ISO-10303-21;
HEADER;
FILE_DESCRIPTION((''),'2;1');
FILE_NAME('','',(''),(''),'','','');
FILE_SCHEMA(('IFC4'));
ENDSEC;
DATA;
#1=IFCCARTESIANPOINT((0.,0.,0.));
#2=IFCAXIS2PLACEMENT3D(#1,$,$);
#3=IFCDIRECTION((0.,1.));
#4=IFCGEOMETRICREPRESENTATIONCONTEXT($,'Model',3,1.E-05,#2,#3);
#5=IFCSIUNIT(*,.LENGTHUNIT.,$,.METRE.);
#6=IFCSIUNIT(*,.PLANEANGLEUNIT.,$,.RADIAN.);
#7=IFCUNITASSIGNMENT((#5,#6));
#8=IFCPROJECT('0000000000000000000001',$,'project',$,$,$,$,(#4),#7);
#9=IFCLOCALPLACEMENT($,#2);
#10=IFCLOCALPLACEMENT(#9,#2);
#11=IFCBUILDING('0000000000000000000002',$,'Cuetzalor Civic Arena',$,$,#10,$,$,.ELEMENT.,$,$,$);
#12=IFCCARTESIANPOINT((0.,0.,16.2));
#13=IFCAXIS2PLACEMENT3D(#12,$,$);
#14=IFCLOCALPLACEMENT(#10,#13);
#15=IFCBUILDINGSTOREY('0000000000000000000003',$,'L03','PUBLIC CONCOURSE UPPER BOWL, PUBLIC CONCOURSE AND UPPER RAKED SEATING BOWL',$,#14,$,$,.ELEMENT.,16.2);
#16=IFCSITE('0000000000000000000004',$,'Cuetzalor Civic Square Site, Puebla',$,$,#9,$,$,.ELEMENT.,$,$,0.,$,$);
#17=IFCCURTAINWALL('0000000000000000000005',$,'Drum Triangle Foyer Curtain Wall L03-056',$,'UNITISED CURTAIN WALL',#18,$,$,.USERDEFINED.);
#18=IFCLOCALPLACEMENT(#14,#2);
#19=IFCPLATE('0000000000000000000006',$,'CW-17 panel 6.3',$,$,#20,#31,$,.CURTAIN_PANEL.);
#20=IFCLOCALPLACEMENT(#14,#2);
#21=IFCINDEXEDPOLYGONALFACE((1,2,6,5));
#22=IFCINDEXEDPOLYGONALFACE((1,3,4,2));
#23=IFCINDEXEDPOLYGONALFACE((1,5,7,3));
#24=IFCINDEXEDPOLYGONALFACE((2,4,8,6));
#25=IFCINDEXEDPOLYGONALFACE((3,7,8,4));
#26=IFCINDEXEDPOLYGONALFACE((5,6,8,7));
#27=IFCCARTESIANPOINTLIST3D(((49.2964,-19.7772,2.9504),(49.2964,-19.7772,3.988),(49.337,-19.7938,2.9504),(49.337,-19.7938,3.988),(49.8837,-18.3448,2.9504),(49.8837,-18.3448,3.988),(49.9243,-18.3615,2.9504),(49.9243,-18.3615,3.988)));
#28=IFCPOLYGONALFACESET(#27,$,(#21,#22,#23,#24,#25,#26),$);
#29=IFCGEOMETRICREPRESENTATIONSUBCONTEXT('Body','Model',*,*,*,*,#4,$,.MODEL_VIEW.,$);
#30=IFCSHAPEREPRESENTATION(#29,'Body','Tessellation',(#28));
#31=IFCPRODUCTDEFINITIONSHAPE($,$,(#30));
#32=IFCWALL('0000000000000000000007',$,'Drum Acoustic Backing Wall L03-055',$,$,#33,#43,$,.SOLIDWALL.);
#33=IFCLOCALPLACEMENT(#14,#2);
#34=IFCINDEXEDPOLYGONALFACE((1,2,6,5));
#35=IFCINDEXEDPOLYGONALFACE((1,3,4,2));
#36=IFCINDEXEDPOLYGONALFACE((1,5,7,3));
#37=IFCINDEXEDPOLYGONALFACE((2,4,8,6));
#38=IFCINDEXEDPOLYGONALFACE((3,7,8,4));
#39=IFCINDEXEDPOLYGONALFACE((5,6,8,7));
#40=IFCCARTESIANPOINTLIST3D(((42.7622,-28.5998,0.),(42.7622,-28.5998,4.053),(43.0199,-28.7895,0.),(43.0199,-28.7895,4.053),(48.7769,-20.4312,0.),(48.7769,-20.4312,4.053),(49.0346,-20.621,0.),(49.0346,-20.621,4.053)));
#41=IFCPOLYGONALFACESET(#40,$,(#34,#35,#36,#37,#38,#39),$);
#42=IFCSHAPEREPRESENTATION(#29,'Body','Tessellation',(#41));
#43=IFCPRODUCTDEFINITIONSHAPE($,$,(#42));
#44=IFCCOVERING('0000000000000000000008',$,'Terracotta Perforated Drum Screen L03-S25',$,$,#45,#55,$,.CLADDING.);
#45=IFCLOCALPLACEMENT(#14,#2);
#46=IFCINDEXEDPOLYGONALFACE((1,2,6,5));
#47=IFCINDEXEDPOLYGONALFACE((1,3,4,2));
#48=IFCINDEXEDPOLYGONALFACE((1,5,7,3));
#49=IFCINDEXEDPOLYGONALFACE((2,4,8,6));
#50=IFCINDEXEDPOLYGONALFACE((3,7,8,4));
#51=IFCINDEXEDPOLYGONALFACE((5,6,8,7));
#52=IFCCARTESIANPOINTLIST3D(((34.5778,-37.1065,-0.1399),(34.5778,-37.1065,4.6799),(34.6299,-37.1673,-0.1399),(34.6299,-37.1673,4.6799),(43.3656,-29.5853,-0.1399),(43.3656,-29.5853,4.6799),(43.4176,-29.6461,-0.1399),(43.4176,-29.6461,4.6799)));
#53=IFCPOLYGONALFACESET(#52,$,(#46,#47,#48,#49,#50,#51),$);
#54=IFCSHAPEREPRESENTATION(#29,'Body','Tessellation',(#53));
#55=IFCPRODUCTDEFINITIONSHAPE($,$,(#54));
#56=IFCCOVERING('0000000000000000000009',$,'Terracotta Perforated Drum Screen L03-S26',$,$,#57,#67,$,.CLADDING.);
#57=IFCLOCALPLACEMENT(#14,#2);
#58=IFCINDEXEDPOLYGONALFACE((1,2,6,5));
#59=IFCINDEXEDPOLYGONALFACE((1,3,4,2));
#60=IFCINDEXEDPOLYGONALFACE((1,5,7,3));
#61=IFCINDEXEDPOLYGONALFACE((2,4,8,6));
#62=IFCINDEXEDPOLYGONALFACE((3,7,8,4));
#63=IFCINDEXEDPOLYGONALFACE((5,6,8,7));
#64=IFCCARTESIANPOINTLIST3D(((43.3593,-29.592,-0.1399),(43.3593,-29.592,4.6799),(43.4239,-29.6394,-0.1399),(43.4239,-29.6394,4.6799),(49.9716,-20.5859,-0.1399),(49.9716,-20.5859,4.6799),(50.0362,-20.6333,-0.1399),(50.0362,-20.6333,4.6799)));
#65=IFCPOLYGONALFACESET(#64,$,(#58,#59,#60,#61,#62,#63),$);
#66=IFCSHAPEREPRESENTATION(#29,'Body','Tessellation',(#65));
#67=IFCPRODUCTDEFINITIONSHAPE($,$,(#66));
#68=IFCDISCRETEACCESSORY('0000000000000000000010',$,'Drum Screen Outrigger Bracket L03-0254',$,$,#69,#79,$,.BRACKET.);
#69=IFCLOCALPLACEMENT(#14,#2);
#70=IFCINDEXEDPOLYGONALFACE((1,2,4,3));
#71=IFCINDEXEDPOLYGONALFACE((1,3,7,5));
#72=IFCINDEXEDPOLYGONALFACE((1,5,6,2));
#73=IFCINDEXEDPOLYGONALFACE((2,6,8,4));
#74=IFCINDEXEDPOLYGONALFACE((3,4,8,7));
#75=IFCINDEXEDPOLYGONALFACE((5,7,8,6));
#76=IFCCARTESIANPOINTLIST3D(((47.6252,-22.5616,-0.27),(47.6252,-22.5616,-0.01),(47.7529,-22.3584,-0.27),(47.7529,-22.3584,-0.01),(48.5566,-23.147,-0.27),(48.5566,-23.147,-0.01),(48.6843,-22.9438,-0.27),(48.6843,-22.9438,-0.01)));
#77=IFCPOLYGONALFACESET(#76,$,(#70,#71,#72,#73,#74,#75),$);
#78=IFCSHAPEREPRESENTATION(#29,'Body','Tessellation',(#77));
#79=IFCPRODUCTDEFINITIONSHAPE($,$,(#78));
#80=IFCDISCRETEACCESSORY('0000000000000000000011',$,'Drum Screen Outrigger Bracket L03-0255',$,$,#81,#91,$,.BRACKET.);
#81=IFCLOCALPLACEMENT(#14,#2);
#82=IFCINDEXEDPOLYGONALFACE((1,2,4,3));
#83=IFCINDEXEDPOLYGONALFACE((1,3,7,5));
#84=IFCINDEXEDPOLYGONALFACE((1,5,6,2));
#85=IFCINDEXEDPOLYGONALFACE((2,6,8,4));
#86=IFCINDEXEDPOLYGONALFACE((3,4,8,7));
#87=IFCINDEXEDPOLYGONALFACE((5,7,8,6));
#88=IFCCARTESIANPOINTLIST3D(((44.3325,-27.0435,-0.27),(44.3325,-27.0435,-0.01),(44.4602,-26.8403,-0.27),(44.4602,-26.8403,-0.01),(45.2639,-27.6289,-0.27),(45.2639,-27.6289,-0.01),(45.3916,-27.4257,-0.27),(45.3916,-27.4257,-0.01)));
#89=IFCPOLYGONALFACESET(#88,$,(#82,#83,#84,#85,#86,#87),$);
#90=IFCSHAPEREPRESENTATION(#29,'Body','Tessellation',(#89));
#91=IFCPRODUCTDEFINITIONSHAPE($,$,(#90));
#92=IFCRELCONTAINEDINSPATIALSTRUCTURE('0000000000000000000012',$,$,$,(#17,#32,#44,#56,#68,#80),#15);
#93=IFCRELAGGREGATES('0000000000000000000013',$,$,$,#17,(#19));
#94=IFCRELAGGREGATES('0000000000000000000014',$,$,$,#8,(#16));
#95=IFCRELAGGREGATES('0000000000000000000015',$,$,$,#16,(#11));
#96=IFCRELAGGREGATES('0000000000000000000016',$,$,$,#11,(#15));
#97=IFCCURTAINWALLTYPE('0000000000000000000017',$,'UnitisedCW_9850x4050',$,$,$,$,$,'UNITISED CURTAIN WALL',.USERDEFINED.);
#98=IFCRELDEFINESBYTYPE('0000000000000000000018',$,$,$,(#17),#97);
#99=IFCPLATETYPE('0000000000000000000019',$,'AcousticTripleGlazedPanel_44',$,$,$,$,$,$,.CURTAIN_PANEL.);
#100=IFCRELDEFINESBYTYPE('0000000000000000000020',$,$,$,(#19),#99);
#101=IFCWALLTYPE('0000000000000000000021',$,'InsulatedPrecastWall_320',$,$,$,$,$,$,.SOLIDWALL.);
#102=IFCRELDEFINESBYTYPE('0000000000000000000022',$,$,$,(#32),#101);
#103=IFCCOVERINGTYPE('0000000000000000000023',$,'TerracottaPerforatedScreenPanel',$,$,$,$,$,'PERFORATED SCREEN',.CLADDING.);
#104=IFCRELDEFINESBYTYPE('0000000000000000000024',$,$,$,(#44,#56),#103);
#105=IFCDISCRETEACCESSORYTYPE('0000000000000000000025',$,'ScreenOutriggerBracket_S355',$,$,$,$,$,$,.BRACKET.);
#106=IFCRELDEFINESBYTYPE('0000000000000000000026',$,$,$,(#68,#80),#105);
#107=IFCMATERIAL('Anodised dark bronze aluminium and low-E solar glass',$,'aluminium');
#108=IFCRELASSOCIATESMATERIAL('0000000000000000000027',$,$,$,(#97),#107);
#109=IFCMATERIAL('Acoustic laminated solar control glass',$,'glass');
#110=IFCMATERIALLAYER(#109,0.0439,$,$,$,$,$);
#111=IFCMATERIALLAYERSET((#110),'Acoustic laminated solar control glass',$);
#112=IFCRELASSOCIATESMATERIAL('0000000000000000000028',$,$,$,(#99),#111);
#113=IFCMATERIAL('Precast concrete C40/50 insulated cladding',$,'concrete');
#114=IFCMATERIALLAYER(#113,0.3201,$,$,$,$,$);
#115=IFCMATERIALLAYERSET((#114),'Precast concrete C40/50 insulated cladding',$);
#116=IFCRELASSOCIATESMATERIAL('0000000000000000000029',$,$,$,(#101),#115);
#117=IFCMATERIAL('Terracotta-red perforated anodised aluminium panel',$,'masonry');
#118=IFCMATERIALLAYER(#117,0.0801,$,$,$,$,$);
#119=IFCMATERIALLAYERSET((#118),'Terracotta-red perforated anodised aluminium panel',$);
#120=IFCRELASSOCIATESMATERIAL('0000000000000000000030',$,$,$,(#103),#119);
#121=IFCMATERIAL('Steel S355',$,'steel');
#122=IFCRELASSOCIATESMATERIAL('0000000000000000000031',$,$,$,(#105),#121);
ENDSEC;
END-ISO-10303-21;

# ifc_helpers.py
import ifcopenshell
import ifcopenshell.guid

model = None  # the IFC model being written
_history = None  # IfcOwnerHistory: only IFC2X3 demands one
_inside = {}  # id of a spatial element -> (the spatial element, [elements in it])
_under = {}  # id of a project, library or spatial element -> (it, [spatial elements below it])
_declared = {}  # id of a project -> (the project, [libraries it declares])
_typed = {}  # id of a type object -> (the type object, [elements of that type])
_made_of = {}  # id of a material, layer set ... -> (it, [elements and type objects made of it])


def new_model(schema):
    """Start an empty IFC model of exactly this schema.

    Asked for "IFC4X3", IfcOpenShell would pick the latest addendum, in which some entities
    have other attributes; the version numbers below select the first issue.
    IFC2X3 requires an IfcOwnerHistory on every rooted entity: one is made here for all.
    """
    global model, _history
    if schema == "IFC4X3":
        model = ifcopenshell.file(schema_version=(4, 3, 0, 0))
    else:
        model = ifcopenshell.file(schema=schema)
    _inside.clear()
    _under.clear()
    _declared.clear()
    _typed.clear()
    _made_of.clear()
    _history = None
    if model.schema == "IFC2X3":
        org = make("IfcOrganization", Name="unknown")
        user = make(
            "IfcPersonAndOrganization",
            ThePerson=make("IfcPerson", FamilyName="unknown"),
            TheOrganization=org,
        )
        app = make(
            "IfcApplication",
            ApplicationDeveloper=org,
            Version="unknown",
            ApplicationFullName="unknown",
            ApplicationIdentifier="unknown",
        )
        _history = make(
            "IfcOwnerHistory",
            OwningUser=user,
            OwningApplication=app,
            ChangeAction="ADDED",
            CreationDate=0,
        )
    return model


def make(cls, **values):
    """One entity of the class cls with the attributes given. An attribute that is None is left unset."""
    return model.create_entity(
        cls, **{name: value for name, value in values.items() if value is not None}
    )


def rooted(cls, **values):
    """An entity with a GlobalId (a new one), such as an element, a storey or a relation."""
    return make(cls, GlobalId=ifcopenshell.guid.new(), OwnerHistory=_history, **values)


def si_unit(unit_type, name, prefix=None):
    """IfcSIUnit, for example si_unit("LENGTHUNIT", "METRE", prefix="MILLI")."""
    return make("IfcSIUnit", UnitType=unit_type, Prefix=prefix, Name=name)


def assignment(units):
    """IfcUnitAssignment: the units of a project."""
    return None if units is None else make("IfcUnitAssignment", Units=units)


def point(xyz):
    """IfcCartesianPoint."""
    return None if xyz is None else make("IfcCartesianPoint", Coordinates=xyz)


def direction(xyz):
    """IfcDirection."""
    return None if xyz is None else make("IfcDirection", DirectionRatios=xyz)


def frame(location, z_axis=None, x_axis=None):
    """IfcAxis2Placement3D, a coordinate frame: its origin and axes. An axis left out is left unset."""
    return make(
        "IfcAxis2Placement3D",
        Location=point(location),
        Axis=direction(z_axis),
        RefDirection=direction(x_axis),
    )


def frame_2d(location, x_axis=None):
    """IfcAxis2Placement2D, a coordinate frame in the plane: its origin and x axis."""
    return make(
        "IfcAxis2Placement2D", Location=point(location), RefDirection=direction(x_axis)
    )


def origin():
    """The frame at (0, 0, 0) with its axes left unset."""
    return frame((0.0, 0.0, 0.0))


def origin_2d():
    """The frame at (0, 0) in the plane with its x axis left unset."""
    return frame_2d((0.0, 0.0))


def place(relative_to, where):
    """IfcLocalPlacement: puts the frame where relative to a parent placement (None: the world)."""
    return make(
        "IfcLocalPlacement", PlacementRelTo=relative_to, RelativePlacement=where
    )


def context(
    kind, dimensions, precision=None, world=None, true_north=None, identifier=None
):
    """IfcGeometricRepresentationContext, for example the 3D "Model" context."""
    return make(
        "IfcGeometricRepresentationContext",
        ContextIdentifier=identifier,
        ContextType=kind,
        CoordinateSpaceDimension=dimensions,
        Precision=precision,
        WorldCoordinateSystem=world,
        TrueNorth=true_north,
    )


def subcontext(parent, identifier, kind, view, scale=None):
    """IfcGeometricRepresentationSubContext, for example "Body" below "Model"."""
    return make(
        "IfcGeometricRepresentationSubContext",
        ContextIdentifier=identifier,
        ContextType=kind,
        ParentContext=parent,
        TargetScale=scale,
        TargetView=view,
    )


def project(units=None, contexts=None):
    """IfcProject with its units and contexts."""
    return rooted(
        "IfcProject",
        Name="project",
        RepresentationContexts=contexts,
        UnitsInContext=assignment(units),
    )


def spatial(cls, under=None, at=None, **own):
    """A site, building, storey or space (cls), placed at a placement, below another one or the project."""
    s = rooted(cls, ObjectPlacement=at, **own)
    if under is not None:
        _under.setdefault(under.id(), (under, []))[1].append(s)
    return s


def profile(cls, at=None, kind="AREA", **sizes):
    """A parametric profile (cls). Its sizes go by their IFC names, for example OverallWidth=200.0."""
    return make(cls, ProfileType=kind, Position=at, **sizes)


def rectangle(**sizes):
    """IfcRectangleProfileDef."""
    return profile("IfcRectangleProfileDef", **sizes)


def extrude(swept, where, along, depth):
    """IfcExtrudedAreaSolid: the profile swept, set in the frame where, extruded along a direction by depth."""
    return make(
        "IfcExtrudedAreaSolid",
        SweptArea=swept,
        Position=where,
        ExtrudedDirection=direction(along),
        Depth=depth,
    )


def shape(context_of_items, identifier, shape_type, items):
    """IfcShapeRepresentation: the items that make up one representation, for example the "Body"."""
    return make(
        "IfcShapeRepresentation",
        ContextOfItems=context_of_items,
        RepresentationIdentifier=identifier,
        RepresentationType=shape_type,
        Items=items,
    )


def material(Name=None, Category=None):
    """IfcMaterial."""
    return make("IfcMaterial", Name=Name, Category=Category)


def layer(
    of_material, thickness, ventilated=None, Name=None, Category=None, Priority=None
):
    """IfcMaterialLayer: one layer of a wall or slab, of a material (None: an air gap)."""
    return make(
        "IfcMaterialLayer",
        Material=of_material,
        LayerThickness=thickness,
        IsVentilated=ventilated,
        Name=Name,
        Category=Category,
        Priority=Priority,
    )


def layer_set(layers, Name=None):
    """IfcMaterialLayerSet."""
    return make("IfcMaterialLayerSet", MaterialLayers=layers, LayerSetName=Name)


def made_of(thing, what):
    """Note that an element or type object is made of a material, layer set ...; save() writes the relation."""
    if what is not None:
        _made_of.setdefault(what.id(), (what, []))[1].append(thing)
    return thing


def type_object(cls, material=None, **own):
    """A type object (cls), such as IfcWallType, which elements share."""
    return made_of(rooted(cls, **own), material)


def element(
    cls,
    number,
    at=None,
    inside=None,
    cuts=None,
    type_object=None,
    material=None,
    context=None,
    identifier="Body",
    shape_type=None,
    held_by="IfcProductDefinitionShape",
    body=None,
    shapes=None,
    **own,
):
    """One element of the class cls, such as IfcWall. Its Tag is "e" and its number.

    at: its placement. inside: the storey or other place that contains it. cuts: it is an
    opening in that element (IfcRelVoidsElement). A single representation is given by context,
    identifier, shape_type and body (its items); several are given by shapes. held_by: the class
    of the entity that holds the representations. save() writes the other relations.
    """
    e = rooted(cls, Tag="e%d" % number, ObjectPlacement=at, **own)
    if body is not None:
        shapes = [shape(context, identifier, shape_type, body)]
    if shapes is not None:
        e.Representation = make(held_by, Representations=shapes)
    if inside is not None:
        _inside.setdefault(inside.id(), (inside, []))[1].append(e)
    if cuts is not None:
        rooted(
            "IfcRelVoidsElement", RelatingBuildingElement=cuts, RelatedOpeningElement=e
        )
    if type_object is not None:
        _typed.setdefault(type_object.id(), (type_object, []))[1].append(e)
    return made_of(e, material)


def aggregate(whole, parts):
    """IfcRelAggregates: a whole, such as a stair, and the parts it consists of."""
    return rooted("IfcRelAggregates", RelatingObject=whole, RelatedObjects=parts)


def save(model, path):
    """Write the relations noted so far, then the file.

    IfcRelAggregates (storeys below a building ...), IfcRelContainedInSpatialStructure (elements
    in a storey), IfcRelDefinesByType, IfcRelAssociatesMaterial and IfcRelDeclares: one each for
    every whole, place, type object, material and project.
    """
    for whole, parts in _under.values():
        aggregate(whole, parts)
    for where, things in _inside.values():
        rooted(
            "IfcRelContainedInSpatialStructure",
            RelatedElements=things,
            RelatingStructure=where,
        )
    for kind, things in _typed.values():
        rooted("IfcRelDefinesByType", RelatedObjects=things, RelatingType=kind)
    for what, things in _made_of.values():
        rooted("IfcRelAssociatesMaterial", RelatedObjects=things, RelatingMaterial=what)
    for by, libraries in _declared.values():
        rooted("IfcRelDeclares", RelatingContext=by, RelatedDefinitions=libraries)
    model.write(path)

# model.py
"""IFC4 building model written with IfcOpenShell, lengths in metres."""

from ifc_helpers import new_model, si_unit, direction, frame, frame_2d, origin, origin_2d, place, context, subcontext, project, spatial, rectangle, extrude, material, layer, layer_set, type_object, element, aggregate, save


model = new_model("IFC4")

# Units and contexts
model_context = context("Model", 3, precision=1e-05, world=origin(), true_north=direction((0.0, 1.0)))
body_context = subcontext(model_context, "Body", "Model", "MODEL_VIEW")
ifc_project = project(units=[si_unit("LENGTHUNIT", "METRE"), si_unit("PLANEANGLEUNIT", "RADIAN")], contexts=[model_context])

# Site, building, storey
site_placement = place(None, origin())
site = spatial("IfcSite", under=ifc_project, at=site_placement, Name="Cuetzalor Civic Square Site, Puebla", CompositionType="ELEMENT", RefElevation=0.0)
building_placement = place(site_placement, origin())
building = spatial("IfcBuilding", under=site, at=building_placement, Name="Cuetzalor Civic Arena", CompositionType="ELEMENT")
storey_placement = place(building_placement, frame((0.0, 0.0, 16.2)))
storey = spatial("IfcBuildingStorey", under=building, at=storey_placement, Name="L03", Description="PUBLIC CONCOURSE UPPER BOWL, PUBLIC CONCOURSE AND UPPER RAKED SEATING BOWL", CompositionType="ELEMENT", Elevation=16.2)

# Curtain wall
ifc_material_1 = material(Name="Anodised dark bronze aluminium and low-E solar glass", Category="aluminium")
curtain_wall_type_1 = type_object("IfcCurtainWallType", Name="UnitisedCW_9850x4050", ElementType="UNITISED CURTAIN WALL", PredefinedType="USERDEFINED", material=ifc_material_1)
curtain_wall_1_placement = place(storey_placement, origin())
curtain_wall_1 = element("IfcCurtainWall", 1, at=curtain_wall_1_placement, inside=storey, type_object=curtain_wall_type_1, Name="Drum Triangle Foyer Curtain Wall L03-056", ObjectType="UNITISED CURTAIN WALL", PredefinedType="USERDEFINED")

# Plate
ifc_material_2 = material(Name="Acoustic laminated solar control glass", Category="glass")
ifc_layer_1 = layer(ifc_material_2, 0.0439)
ifc_layer_set_1 = layer_set([ifc_layer_1], Name="Acoustic laminated solar control glass")
plate_type = type_object("IfcPlateType", Name="AcousticTripleGlazedPanel_44", PredefinedType="CURTAIN_PANEL", material=ifc_layer_set_1)
plate_1_placement = place(storey_placement, frame((49.6104, -19.0693, 2.9504), z_axis=(0.0, 0.0, 1.0), x_axis=(-0.379391, -0.925236, 0.0)))
plate_1 = element("IfcPlate", 2, at=plate_1_placement, type_object=plate_type, Name="CW-17 panel 6.3", PredefinedType="CURTAIN_PANEL", context=body_context, shape_type="SweptSolid", body=[
    extrude(rectangle(XDim=1.5481, YDim=0.0439, at=origin_2d()), origin(), (0.0, 0.0, 1.0), 1.0376),
])
aggregate(curtain_wall_1, [plate_1])

# Wall
ifc_material_3 = material(Name="Precast concrete C40/50 insulated cladding", Category="concrete")
ifc_layer_2 = layer(ifc_material_3, 0.3201)
ifc_layer_set_2 = layer_set([ifc_layer_2], Name="Precast concrete C40/50 insulated cladding")
wall_type = type_object("IfcWallType", Name="InsulatedPrecastWall_320", PredefinedType="SOLIDWALL", material=ifc_layer_set_2)
wall_placement = place(storey_placement, frame((48.9058, -20.5261, 0.0), z_axis=(0.0, 0.0, 1.0), x_axis=(-0.59293, -0.805254, 0.0)))
element("IfcWall", 3, at=wall_placement, inside=storey, type_object=wall_type, Name="Drum Acoustic Backing Wall L03-055", PredefinedType="SOLIDWALL", context=body_context, shape_type="SweptSolid", body=[
    extrude(rectangle(XDim=10.144, YDim=0.3201, at=frame_2d((5.072, 0.0))), origin(), (0.0, 0.0, 1.0), 4.053),
])

# Coverings
ifc_material_4 = material(Name="Terracotta-red perforated anodised aluminium panel", Category="masonry")
ifc_layer_3 = layer(ifc_material_4, 0.0801)
ifc_layer_set_3 = layer_set([ifc_layer_3], Name="Terracotta-red perforated anodised aluminium panel")
covering_type = type_object("IfcCoveringType", Name="TerracottaPerforatedScreenPanel", ElementType="PERFORATED SCREEN", PredefinedType="CLADDING", material=ifc_layer_set_3)
covering_1_placement = place(storey_placement, frame((43.3916, -29.6157, -0.1399), z_axis=(0.0, 0.0, 1.0), x_axis=(-0.759735, -0.650233, 0.0)))
element("IfcCovering", 4, at=covering_1_placement, inside=storey, type_object=covering_type, Name="Terracotta Perforated Drum Screen L03-S25", PredefinedType="CLADDING", context=body_context, shape_type="SweptSolid", body=[
    extrude(rectangle(XDim=11.5669, YDim=0.0801, at=frame_2d((5.7834, 0.0))), origin(), (0.0, 0.0, 1.0), 4.8198),
])
covering_2_placement = place(storey_placement, frame((50.0039, -20.6096, -0.1399), z_axis=(0.0, 0.0, 1.0), x_axis=(-0.591819, -0.806071, 0.0)))
element("IfcCovering", 5, at=covering_2_placement, inside=storey, type_object=covering_type, Name="Terracotta Perforated Drum Screen L03-S26", PredefinedType="CLADDING", context=body_context, shape_type="SweptSolid", body=[
    extrude(rectangle(XDim=11.1729, YDim=0.0801, at=frame_2d((5.5864, 0.0))), origin(), (0.0, 0.0, 1.0), 4.8198),
])

# Discrete accessories
ifc_material_5 = material(Name="Steel S355", Category="steel")
discrete_accessory_type = type_object("IfcDiscreteAccessoryType", Name="ScreenOutriggerBracket_S355", PredefinedType="BRACKET", material=ifc_material_5)
for number, where, z_axis, x_axis, name in (
    (6, (48.1548, -22.7527, -0.27), (0.0, 0.0, 1.0), (0.846658, -0.532138, 0.0), "Drum Screen Outrigger Bracket L03-0254"),
    (7, (44.8621, -27.2346, -0.27), (0.0, 0.0, 1.0), (0.846658, -0.532138, 0.0), "Drum Screen Outrigger Bracket L03-0255"),
):
    element("IfcDiscreteAccessory", number, at=place(storey_placement, frame(where, z_axis=z_axis, x_axis=x_axis)), inside=storey, type_object=discrete_accessory_type, Name=name, PredefinedType="BRACKET", context=body_context, shape_type="SweptSolid", body=[
        extrude(rectangle(XDim=1.1001, YDim=0.24, at=origin_2d()), origin(), (0.0, 0.0, 1.0), 0.26),
    ])

save(model, "model.ifc")
